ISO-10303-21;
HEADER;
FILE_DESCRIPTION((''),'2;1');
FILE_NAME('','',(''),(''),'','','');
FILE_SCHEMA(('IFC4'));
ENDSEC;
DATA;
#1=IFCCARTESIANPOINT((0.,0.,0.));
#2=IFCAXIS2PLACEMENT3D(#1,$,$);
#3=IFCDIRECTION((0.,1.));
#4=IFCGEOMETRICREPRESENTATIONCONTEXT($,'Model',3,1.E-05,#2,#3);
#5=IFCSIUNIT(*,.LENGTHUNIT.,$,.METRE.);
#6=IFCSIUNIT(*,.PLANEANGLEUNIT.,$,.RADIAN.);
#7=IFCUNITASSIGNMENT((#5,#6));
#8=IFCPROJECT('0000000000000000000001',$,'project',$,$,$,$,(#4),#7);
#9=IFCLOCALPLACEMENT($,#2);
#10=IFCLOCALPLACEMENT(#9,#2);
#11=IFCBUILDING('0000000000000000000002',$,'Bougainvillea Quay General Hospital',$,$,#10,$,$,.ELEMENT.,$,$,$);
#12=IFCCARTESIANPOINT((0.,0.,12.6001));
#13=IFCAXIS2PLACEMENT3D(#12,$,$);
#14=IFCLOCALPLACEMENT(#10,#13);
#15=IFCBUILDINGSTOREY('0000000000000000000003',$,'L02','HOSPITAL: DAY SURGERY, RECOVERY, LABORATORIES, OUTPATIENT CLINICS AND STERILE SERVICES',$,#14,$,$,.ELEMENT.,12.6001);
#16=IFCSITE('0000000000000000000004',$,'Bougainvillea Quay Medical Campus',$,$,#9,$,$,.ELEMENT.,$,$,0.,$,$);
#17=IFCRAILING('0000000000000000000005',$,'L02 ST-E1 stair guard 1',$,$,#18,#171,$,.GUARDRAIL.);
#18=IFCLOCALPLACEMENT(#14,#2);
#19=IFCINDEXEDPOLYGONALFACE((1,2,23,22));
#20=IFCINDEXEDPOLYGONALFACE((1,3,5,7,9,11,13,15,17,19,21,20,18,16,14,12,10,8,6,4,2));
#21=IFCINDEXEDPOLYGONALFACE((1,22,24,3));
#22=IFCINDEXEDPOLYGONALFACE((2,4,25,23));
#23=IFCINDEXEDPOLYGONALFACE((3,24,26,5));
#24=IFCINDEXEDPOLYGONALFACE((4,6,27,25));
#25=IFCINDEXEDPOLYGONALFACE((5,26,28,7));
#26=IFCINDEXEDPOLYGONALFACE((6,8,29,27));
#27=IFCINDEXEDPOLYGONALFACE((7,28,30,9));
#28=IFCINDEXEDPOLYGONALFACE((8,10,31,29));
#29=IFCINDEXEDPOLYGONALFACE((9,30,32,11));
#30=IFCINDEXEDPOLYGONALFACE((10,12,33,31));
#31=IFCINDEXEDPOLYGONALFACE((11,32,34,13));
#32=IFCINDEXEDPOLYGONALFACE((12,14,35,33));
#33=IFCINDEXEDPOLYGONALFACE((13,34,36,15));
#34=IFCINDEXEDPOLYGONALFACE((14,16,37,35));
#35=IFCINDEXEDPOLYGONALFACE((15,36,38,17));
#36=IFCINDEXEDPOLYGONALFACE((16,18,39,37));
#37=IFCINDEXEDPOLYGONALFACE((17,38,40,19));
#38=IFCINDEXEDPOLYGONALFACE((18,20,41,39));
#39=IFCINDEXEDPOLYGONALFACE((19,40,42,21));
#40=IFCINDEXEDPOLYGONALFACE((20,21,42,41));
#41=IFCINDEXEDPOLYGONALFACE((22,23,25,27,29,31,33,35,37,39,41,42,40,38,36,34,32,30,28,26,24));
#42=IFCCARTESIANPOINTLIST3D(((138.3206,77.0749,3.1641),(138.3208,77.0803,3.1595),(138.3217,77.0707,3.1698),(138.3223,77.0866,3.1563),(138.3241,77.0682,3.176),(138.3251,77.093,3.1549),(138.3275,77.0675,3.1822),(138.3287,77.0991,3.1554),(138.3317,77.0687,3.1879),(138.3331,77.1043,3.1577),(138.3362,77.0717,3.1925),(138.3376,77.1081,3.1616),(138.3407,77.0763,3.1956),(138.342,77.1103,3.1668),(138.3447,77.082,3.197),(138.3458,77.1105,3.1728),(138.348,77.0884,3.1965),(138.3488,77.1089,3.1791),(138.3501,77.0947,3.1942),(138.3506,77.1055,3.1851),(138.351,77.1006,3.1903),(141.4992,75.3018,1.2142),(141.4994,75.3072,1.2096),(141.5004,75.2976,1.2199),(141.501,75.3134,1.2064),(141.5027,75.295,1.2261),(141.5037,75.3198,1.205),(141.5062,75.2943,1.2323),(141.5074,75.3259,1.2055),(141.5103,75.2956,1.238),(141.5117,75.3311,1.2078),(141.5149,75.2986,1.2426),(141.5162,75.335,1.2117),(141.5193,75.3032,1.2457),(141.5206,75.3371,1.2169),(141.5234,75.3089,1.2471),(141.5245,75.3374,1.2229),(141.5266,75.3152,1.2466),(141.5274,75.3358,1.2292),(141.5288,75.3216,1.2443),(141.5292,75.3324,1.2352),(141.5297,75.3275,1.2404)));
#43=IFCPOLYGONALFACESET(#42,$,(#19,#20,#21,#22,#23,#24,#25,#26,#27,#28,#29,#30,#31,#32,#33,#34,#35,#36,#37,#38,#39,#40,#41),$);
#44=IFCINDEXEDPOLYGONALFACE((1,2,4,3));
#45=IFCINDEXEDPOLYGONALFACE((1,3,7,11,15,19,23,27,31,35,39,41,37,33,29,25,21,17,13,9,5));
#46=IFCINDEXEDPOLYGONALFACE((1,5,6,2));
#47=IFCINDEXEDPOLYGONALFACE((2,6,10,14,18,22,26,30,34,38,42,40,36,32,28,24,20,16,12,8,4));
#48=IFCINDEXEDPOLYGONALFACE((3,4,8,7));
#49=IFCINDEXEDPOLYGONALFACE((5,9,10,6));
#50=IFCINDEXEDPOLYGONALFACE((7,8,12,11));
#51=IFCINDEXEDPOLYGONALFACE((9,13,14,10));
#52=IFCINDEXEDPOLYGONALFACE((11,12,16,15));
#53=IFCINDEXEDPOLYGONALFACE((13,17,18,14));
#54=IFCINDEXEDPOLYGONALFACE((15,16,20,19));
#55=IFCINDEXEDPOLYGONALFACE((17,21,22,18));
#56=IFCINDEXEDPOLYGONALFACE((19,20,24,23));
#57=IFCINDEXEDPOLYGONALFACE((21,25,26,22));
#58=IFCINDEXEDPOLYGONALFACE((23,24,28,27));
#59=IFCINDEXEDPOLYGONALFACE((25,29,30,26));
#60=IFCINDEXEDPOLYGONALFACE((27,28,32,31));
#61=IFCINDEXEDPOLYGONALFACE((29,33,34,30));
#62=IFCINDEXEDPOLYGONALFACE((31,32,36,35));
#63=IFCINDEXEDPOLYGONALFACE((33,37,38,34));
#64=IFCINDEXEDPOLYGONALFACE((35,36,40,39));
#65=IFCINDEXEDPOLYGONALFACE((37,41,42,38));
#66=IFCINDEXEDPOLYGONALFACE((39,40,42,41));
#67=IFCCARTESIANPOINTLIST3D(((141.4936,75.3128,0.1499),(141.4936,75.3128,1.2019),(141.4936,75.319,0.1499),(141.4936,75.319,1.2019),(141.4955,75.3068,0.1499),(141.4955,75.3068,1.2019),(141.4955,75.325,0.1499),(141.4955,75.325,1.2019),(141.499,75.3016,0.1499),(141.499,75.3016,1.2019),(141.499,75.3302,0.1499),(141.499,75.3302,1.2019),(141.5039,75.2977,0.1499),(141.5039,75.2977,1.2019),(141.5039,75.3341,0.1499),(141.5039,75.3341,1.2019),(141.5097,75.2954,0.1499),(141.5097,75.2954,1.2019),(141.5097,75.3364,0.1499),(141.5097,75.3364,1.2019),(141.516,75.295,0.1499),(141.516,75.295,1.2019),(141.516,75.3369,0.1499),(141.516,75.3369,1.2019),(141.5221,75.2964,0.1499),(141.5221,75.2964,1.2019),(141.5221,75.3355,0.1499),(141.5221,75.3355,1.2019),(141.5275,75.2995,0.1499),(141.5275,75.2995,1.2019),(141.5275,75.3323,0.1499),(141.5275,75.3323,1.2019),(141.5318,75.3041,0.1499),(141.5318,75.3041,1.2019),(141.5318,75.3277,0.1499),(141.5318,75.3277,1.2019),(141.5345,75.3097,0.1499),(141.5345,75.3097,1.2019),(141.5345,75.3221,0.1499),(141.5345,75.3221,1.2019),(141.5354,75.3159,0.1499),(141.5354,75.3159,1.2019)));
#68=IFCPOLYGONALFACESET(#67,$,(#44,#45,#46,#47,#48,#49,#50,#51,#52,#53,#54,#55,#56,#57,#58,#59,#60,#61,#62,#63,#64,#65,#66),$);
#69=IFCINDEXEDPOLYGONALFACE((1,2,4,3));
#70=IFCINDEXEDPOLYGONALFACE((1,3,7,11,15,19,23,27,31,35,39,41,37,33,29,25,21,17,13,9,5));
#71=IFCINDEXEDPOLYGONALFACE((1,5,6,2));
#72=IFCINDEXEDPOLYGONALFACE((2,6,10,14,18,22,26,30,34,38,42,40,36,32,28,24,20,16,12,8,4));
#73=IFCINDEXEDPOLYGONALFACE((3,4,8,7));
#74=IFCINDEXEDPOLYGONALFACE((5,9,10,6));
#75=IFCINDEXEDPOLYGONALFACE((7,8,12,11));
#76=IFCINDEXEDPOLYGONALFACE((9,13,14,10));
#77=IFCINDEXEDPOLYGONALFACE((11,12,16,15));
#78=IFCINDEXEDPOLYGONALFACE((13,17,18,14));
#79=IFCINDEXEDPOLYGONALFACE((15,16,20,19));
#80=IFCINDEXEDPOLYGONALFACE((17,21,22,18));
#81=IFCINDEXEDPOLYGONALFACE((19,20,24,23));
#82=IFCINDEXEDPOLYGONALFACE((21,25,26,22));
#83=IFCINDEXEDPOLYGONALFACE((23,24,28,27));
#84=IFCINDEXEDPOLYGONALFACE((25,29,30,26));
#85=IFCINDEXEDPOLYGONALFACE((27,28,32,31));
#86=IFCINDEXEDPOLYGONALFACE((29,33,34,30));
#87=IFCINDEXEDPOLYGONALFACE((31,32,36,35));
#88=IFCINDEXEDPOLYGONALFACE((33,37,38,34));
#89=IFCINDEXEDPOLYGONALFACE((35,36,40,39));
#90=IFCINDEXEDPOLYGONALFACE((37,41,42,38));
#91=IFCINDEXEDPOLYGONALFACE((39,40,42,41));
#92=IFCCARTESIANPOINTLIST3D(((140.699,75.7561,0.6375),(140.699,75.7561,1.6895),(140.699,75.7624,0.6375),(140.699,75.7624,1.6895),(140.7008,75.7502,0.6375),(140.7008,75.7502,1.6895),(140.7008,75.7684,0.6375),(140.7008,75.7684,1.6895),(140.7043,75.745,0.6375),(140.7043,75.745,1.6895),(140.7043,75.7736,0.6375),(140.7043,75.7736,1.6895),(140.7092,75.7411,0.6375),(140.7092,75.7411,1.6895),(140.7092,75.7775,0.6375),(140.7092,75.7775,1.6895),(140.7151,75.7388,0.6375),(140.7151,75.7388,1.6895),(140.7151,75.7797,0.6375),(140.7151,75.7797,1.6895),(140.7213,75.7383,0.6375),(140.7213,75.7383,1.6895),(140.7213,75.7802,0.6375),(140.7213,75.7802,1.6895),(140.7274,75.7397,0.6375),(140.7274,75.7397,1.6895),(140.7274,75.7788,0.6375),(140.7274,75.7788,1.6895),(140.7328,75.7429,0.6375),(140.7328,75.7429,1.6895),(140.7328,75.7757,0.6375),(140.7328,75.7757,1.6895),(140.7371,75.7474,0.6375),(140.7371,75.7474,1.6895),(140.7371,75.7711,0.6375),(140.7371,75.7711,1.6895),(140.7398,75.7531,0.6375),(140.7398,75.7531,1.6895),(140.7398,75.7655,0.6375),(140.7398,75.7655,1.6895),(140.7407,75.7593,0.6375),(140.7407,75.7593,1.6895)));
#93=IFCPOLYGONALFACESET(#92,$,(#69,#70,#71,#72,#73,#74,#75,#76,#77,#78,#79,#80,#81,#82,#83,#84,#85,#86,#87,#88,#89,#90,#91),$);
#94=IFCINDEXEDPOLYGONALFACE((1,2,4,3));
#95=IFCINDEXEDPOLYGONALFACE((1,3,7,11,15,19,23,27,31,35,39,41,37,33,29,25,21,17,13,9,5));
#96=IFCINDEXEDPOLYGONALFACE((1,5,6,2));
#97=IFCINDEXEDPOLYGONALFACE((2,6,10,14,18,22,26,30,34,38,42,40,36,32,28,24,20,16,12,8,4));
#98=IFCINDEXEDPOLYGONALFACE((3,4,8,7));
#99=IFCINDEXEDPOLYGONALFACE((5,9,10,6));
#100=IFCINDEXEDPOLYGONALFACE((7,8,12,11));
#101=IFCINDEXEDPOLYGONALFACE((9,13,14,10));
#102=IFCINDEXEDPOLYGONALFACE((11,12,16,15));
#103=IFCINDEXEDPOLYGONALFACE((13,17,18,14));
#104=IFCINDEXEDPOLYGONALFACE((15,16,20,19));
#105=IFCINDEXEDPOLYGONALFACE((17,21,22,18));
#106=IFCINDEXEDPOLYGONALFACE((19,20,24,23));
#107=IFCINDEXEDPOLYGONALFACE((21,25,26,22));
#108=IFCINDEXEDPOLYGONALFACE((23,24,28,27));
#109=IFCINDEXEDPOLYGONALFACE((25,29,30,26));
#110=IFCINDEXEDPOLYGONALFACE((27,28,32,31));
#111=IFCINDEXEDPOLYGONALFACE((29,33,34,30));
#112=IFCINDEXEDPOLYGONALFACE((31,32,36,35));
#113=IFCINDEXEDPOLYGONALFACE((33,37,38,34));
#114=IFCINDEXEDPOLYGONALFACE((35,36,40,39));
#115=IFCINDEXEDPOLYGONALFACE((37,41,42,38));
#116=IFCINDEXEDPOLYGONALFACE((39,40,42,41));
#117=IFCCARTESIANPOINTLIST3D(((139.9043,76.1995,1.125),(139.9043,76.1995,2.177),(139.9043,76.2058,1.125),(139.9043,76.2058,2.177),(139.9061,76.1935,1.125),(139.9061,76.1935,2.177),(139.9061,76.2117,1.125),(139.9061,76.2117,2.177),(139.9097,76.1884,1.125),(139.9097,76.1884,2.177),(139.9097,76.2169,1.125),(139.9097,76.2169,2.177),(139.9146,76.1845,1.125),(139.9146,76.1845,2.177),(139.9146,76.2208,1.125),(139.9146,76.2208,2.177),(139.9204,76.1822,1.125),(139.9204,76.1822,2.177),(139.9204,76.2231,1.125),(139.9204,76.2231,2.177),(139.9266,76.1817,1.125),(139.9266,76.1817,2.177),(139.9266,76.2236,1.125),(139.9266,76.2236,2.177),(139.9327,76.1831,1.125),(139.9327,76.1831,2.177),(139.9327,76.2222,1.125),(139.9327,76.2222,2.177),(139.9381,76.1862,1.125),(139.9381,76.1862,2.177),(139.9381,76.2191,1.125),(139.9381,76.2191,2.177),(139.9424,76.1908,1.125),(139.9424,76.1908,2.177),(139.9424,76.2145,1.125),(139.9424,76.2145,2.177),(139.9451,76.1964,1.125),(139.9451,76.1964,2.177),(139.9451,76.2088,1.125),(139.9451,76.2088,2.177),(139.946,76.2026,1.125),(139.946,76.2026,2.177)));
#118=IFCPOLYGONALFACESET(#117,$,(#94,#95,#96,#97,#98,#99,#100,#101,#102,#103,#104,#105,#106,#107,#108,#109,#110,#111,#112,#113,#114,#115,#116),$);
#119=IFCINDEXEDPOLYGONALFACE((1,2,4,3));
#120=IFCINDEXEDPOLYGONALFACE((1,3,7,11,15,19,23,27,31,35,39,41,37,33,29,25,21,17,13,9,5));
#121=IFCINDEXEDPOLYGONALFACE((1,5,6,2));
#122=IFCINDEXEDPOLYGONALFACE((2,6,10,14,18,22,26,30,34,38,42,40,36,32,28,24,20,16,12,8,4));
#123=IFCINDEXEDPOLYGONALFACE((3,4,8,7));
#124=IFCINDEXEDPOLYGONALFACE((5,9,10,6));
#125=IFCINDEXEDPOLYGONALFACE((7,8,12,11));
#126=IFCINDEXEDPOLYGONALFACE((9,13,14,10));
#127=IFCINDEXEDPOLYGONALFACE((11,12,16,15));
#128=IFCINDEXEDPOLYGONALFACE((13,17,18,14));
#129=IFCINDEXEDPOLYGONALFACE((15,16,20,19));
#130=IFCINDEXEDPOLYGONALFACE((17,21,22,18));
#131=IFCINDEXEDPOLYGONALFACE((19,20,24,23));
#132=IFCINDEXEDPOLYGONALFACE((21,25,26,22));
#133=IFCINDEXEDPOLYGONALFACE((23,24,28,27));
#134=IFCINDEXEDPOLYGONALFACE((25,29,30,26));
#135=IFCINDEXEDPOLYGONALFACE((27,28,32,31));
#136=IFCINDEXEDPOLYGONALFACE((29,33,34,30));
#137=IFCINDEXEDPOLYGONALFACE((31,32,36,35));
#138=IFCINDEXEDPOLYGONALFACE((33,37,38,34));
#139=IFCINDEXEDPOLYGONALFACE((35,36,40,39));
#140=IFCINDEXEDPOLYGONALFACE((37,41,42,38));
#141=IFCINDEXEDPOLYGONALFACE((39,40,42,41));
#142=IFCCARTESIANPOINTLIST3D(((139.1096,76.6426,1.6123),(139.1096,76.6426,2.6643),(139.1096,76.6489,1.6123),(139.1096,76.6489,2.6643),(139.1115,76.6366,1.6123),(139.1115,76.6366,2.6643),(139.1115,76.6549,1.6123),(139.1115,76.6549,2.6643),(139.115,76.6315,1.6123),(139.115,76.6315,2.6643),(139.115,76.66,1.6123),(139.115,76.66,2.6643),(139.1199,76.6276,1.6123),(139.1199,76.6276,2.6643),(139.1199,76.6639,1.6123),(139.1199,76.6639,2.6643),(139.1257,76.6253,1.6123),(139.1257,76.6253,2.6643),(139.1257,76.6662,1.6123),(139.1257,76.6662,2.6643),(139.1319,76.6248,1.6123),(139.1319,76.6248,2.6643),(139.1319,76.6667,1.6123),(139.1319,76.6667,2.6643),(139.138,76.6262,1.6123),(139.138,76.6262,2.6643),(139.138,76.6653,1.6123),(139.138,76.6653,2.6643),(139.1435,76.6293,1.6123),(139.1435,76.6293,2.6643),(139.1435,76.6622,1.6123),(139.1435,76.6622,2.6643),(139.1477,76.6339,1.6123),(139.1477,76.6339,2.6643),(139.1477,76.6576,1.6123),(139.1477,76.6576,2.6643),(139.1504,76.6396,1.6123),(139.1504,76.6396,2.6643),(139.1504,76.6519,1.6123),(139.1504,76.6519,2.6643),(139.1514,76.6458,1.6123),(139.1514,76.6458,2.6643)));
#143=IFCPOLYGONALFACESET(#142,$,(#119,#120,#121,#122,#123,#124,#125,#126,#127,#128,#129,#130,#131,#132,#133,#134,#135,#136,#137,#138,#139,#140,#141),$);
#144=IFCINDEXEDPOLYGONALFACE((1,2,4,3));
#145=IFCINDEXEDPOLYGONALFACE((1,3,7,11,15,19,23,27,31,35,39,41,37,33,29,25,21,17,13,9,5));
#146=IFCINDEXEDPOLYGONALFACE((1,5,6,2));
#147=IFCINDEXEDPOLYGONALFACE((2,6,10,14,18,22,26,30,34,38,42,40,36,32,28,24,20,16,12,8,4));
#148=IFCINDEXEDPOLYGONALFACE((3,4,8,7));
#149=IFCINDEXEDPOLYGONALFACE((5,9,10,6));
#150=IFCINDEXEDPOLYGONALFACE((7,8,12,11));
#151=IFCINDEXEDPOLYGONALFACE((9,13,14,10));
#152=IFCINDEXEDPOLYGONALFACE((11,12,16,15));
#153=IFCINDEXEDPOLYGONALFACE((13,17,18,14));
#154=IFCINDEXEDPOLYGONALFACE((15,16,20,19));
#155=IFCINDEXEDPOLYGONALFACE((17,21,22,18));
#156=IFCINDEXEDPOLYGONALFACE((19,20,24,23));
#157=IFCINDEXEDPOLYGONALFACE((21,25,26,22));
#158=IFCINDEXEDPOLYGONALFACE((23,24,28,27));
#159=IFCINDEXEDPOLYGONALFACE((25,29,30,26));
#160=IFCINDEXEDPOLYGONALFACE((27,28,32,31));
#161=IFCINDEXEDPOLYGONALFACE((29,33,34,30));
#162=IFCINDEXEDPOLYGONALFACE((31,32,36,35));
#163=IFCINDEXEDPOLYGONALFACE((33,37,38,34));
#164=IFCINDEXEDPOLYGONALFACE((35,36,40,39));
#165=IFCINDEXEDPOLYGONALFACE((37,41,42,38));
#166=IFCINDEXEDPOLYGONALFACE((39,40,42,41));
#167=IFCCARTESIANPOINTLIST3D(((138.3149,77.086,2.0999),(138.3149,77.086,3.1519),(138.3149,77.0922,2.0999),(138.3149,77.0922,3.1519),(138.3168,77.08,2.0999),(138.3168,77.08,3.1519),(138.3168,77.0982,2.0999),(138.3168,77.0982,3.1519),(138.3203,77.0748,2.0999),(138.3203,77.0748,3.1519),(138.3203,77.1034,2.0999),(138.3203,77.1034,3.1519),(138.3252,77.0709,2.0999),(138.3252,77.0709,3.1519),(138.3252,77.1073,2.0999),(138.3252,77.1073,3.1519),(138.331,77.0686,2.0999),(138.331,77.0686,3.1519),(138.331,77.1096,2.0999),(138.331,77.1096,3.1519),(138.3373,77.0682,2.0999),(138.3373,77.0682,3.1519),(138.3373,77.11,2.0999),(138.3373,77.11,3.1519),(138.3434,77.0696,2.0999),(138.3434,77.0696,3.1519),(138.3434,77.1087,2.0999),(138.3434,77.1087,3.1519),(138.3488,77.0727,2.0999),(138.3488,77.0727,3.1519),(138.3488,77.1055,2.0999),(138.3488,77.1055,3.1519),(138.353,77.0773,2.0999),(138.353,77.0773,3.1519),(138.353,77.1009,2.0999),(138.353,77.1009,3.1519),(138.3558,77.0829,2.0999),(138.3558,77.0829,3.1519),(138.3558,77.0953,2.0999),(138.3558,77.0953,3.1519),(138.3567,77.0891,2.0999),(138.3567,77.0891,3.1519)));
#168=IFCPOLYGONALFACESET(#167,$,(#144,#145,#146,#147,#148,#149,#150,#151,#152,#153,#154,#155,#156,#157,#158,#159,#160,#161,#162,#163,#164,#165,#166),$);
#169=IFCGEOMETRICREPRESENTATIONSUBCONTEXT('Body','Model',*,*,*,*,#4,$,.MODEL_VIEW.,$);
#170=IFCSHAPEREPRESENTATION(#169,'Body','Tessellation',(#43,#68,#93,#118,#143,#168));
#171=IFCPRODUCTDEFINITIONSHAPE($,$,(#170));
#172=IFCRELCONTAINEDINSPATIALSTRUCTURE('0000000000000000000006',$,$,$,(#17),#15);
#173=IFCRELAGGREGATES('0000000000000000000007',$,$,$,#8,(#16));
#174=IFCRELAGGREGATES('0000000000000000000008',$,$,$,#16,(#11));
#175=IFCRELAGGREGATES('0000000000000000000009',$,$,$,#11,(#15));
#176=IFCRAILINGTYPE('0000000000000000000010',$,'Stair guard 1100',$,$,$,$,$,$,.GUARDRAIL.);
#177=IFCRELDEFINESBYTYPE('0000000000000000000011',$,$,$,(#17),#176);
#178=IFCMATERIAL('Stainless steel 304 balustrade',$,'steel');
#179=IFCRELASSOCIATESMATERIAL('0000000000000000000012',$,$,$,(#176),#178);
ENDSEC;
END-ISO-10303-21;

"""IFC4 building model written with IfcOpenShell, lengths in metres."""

from ifc_helpers import new_model, si_unit, direction, frame, origin, origin_2d, place, context, subcontext, project, spatial, circle, extrude, material, type_object, element, save


model = new_model("IFC4")

# Units and contexts
model_context = context("Model", 3, precision=1e-05, world=origin(), true_north=direction((0.0, 1.0)))
body_context = subcontext(model_context, "Body", "Model", "MODEL_VIEW")
ifc_project = project(units=[si_unit("LENGTHUNIT", "METRE"), si_unit("PLANEANGLEUNIT", "RADIAN")], contexts=[model_context])

# Site, building, storey
site_placement = place(None, origin())
site = spatial("IfcSite", under=ifc_project, at=site_placement, Name="Bougainvillea Quay Medical Campus", CompositionType="ELEMENT", RefElevation=0.0)
building_placement = place(site_placement, origin())
building = spatial("IfcBuilding", under=site, at=building_placement, Name="Bougainvillea Quay General Hospital", CompositionType="ELEMENT")
storey_placement = place(building_placement, frame((0.0, 0.0, 12.6001)))
storey = spatial("IfcBuildingStorey", under=building, at=storey_placement, Name="L02", Description="HOSPITAL: DAY SURGERY, RECOVERY, LABORATORIES, OUTPATIENT CLINICS AND STERILE SERVICES", CompositionType="ELEMENT", Elevation=12.6001)

# Railing
ifc_material_1 = material(Name="Stainless steel 304 balustrade", Category="steel")
railing_type_1 = type_object("IfcRailingType", Name="Stair guard 1100", PredefinedType="GUARDRAIL", material=ifc_material_1)
railing_1_placement = place(storey_placement, frame((141.5144, 75.3159, 0.1499)))
element("IfcRailing", 1, at=railing_1_placement, inside=storey, type_object=railing_type_1, Name="L02 ST-E1 stair guard 1", PredefinedType="GUARDRAIL", context=body_context, shape_type="SweptSolid", body=[
    extrude(circle(Radius=0.0239, at=origin_2d()), frame((0.0, 0.0, 1.0762), z_axis=(-0.769803, 0.429422, 0.472229), x_axis=(-0.487163, -0.873311, 0.0)), (0.0, 0.0, 1.0), 4.1292),
    extrude(circle(Radius=0.021, at=origin_2d()), origin(), (0.0, 0.0, 1.0), 1.052),
    extrude(circle(Radius=0.021, at=origin_2d()), frame((-0.7947, 0.4434, 0.4875)), (0.0, 0.0, 1.0), 1.052),
    extrude(circle(Radius=0.021, at=origin_2d()), frame((-1.5894, 0.8867, 0.9751)), (0.0, 0.0, 1.0), 1.052),
    extrude(circle(Radius=0.021, at=origin_2d()), frame((-2.384, 1.3298, 1.4624)), (0.0, 0.0, 1.0), 1.052),
    extrude(circle(Radius=0.021, at=origin_2d()), frame((-3.1787, 1.7732, 1.95)), (0.0, 0.0, 1.0), 1.052),
])

save(model, "model.ifc")
